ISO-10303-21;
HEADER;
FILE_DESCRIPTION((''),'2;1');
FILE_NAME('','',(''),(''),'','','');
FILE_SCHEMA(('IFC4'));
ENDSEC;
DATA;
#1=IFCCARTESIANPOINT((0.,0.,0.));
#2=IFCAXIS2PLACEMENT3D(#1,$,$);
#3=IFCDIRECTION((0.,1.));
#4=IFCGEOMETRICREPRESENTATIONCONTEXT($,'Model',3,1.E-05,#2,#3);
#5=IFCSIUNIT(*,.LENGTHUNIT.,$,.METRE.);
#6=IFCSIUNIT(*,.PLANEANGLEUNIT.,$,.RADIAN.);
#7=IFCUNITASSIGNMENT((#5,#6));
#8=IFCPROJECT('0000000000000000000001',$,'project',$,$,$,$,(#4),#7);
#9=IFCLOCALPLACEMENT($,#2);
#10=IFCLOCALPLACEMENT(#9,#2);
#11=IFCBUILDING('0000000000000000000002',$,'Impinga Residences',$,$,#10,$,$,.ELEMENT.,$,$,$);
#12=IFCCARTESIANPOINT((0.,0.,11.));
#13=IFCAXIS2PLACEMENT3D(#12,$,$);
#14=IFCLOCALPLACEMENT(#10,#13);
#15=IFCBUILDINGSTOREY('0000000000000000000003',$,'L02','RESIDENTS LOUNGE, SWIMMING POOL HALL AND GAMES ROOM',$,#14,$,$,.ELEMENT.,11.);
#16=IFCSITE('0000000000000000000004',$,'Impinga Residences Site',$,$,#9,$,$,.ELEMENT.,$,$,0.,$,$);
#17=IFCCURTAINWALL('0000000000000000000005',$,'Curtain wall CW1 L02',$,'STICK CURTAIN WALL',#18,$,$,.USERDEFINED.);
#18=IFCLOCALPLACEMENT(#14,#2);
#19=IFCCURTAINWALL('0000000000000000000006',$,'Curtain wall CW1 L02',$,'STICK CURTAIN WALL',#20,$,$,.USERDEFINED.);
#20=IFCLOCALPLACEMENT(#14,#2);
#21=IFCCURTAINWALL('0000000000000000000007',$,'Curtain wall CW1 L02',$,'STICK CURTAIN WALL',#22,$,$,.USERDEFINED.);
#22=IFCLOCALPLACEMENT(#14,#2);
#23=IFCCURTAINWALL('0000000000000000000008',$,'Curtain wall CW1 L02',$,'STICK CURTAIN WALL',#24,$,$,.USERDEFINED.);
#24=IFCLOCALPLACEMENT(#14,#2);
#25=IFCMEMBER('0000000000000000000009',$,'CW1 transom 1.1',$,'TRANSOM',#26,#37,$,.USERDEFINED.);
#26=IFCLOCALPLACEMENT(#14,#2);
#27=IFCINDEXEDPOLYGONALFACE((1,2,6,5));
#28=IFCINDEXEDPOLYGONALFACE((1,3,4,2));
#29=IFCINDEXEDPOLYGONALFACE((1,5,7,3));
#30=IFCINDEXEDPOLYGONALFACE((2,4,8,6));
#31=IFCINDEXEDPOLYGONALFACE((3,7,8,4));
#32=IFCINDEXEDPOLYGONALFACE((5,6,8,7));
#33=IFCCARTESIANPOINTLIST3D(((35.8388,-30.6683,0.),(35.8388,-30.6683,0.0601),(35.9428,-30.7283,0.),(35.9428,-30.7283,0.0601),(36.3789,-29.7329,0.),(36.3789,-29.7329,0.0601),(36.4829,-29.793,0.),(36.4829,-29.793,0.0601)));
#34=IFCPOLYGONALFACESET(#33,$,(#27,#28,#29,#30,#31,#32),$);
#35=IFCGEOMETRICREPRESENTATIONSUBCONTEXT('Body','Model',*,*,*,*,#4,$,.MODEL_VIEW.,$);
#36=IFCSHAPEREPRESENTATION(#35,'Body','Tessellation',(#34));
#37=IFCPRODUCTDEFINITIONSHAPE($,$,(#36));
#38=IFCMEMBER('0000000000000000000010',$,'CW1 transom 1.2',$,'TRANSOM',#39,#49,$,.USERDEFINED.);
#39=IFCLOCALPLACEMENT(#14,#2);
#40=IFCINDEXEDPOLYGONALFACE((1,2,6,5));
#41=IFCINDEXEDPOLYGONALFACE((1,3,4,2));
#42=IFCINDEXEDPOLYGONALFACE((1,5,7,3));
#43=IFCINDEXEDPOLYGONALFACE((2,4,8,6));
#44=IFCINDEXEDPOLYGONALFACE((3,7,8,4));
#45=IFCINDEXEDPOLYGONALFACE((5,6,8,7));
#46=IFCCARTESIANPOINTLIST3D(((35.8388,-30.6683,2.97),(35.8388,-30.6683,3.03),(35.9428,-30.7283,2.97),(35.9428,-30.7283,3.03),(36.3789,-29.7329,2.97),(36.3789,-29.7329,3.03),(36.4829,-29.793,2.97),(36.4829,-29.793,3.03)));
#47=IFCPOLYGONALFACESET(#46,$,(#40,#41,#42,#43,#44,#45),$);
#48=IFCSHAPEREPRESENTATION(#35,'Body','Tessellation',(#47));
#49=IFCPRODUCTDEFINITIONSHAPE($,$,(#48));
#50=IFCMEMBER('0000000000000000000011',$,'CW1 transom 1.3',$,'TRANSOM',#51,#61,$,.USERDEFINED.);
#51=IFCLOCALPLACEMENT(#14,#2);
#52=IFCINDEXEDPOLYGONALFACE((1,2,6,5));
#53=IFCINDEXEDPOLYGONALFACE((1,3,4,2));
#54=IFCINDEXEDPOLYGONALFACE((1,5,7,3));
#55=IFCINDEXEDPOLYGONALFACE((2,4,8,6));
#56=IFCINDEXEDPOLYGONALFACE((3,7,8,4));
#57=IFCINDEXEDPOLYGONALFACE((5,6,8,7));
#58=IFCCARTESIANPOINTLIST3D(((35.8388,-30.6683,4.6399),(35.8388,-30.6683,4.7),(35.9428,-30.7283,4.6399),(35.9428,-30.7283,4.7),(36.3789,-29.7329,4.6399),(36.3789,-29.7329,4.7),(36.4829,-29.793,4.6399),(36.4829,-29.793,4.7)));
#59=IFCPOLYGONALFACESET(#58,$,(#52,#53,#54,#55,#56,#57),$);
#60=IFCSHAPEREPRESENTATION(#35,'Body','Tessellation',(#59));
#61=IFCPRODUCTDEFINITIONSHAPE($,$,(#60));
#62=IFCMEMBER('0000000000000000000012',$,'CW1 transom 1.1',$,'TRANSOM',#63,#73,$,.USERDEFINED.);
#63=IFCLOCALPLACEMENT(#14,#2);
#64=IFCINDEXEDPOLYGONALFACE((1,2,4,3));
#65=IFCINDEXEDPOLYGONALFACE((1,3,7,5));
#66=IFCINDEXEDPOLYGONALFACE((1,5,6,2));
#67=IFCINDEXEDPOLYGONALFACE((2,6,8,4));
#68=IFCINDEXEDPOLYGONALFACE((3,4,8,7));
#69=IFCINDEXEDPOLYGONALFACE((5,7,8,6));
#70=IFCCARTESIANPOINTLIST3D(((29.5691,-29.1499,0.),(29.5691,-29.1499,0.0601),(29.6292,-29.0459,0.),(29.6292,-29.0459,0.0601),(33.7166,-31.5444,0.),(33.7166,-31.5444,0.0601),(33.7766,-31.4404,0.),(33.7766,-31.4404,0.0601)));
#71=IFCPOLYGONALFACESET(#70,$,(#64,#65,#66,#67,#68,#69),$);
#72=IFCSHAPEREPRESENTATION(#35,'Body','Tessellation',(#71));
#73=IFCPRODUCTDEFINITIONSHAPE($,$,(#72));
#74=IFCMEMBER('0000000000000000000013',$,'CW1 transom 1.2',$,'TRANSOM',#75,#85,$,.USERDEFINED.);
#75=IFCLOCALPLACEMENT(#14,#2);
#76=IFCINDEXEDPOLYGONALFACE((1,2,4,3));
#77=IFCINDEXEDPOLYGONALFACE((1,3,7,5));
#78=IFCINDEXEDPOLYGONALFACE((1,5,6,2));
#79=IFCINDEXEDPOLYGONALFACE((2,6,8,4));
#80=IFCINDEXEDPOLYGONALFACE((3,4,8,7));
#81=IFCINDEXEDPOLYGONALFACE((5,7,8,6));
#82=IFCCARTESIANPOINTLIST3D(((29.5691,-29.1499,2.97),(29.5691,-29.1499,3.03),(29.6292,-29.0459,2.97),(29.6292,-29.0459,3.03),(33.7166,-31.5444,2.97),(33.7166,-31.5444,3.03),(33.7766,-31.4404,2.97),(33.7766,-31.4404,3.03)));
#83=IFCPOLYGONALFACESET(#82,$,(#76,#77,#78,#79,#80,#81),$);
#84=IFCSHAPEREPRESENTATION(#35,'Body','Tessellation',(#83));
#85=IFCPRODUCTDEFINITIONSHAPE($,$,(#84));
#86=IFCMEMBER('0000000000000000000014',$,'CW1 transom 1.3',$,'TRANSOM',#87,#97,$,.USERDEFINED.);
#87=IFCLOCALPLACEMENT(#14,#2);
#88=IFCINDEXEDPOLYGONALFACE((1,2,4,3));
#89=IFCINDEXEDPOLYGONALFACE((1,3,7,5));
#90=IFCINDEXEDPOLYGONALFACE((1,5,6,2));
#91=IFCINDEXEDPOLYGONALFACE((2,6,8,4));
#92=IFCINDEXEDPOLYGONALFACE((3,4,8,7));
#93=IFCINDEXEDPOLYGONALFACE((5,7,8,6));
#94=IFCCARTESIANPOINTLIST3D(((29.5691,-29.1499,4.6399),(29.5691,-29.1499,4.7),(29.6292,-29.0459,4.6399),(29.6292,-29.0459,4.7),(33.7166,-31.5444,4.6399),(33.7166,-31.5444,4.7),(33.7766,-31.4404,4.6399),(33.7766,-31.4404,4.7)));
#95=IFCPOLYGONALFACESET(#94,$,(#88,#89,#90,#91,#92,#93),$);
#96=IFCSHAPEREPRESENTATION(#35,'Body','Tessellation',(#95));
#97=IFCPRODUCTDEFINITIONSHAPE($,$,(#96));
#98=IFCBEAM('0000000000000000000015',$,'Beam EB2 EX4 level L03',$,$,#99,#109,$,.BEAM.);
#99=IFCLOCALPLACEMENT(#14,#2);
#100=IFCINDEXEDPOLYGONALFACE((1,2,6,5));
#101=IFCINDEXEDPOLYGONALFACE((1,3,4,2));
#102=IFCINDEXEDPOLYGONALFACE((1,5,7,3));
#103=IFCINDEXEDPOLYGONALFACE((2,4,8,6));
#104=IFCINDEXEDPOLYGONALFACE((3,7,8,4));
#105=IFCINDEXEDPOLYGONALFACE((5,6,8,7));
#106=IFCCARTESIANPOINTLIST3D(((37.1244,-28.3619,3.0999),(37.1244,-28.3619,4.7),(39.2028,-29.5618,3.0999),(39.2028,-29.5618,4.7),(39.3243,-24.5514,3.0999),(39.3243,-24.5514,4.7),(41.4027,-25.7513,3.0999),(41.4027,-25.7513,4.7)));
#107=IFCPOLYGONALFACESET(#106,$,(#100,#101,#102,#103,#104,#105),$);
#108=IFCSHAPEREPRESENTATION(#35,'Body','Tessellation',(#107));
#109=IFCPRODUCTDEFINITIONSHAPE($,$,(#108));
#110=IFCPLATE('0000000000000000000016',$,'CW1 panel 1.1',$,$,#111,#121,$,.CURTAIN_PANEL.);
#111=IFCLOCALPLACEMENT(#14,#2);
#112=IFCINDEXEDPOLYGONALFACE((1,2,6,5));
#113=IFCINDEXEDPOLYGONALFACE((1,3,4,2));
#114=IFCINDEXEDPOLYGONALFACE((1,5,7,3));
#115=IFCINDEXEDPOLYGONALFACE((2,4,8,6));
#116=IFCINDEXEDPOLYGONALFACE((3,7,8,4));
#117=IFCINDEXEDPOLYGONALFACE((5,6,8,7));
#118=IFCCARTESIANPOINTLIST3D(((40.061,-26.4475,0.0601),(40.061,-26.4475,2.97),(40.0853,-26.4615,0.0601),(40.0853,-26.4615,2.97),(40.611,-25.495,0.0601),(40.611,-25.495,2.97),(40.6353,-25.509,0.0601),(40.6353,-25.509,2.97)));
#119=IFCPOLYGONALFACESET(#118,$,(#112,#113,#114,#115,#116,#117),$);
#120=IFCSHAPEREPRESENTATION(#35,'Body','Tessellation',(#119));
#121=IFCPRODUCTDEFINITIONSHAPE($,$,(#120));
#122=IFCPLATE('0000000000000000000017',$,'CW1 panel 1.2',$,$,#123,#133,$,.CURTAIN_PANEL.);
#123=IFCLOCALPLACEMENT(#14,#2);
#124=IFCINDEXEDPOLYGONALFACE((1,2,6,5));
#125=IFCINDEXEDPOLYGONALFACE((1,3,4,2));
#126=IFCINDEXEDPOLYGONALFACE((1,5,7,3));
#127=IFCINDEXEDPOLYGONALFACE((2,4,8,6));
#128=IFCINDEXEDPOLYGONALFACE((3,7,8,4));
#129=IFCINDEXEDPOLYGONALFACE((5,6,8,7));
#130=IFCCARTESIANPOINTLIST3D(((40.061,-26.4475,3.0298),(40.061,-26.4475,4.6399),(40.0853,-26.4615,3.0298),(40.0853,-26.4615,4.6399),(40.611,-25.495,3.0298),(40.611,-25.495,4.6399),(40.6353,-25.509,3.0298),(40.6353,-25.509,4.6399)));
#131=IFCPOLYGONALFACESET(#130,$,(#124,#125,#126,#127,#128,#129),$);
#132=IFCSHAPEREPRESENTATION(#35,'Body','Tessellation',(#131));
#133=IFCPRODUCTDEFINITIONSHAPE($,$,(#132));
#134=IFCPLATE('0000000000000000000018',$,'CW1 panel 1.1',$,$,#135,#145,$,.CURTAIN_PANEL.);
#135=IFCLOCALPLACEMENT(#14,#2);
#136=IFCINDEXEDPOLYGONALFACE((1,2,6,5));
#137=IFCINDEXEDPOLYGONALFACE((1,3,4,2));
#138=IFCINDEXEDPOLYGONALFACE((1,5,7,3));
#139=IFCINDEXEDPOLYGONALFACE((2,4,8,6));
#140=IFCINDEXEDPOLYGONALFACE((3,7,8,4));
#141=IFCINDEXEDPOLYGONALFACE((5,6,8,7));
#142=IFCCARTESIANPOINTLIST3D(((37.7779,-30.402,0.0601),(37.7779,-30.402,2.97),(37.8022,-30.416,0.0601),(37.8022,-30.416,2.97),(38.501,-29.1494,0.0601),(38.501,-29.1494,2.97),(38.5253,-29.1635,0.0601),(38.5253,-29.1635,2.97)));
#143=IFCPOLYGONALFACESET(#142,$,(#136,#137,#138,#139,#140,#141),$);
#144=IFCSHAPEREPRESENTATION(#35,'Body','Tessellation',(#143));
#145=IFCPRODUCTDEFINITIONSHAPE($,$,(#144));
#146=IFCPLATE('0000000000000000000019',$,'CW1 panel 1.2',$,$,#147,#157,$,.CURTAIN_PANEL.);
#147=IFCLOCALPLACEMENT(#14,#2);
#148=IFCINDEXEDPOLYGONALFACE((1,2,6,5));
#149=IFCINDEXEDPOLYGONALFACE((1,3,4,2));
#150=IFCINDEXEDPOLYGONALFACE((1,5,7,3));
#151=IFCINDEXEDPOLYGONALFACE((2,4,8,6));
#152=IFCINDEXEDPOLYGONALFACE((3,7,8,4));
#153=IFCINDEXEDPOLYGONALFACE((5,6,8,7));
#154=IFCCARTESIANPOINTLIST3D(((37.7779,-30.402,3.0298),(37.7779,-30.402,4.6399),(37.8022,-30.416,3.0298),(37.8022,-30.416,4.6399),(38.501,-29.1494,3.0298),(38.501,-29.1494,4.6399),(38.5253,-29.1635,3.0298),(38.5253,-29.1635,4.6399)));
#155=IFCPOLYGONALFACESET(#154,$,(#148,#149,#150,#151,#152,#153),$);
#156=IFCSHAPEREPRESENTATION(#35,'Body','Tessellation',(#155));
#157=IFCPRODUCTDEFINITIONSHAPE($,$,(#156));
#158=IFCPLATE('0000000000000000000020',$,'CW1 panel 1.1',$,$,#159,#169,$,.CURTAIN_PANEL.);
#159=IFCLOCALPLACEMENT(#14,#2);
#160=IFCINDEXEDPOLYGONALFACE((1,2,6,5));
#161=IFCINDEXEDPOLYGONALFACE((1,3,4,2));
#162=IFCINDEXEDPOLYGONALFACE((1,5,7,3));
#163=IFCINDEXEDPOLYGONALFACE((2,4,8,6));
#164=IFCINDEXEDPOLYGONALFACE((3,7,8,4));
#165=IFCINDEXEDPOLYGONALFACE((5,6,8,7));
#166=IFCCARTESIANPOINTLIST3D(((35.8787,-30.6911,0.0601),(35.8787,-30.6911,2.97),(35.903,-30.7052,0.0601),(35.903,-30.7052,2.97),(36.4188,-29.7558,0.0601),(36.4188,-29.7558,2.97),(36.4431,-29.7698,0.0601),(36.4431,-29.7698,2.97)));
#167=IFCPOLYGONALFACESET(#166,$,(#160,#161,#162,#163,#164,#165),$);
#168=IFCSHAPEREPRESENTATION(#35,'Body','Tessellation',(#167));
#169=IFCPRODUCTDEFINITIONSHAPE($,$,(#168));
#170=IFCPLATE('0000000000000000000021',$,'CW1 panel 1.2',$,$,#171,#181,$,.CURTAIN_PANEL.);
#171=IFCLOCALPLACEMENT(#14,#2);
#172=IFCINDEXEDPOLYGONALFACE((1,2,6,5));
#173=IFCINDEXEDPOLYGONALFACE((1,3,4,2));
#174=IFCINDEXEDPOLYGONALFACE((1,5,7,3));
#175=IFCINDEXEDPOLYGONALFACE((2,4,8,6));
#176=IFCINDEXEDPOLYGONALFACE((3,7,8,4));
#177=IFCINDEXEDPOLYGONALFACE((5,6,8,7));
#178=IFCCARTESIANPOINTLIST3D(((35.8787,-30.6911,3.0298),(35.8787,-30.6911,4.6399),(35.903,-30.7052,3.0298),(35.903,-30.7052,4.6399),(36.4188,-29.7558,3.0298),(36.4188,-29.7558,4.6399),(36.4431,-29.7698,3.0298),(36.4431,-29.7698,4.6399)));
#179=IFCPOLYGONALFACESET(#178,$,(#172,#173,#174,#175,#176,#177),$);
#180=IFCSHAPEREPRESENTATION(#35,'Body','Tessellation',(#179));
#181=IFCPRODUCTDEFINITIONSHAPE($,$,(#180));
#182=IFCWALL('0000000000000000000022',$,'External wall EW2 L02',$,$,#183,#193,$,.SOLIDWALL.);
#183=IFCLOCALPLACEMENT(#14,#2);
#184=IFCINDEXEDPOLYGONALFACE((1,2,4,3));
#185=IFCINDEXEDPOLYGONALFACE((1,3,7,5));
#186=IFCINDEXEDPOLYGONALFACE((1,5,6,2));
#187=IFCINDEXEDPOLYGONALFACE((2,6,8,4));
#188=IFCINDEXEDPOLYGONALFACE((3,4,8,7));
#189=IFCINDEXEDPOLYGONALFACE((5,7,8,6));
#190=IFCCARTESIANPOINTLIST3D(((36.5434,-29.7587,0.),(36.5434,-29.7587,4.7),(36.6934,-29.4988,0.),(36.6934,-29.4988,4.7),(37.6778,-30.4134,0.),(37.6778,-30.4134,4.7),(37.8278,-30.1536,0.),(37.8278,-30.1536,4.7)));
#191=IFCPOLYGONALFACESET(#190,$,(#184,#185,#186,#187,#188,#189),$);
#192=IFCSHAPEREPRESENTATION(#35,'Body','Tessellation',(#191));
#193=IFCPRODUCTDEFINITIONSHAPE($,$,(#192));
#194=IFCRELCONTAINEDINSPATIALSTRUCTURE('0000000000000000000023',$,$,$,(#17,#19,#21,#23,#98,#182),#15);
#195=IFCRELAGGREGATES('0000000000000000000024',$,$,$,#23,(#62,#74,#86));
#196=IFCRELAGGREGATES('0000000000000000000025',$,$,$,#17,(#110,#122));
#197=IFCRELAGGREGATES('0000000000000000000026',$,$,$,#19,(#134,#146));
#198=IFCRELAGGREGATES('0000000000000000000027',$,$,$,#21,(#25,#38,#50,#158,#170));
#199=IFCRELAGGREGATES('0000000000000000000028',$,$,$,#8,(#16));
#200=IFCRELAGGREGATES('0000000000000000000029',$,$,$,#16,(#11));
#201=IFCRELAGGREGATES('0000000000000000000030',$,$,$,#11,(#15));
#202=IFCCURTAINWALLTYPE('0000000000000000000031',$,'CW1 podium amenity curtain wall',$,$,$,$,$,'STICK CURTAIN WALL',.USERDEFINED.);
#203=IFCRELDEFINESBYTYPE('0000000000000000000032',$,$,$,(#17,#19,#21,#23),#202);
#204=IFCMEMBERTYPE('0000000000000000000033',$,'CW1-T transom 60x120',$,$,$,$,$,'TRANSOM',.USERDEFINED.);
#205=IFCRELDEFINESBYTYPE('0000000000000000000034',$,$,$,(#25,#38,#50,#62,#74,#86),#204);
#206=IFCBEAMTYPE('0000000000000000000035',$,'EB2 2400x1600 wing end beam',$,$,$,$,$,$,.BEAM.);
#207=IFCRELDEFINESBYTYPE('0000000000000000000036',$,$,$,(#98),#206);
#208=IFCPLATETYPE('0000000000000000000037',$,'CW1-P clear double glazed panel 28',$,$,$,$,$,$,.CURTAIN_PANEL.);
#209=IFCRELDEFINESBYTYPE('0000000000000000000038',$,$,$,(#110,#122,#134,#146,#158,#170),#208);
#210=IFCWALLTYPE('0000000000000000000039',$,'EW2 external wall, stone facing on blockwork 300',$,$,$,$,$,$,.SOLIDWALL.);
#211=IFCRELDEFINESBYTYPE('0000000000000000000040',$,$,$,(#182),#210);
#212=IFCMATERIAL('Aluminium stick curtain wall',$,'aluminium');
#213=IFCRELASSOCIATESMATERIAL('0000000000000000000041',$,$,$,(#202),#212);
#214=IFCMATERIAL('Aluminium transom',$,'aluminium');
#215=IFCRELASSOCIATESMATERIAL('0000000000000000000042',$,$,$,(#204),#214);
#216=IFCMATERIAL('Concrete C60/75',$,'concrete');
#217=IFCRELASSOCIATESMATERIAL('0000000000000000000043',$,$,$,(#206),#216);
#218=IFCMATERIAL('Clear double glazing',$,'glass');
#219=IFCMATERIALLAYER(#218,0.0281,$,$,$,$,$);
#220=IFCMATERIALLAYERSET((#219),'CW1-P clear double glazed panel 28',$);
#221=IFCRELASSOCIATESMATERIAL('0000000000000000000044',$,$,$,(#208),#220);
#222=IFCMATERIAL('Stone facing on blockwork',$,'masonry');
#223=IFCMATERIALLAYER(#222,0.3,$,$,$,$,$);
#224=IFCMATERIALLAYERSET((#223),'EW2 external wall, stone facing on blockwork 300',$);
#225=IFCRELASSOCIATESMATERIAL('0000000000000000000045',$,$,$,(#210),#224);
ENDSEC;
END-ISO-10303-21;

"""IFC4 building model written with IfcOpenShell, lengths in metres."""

from ifc_helpers import new_model, si_unit, direction, frame, frame_2d, origin, origin_2d, place, context, subcontext, project, spatial, rectangle, extrude, material, layer, layer_set, material_profile, profile_set, type_object, element, aggregate, save


model = new_model("IFC4")

# Units and contexts
model_context = context("Model", 3, precision=1e-05, world=origin(), true_north=direction((0.0, 1.0)))
body_context = subcontext(model_context, "Body", "Model", "MODEL_VIEW")
ifc_project = project(units=[si_unit("LENGTHUNIT", "METRE"), si_unit("PLANEANGLEUNIT", "RADIAN")], contexts=[model_context])

# Site, building, storey
site_placement = place(None, origin())
site = spatial("IfcSite", under=ifc_project, at=site_placement, Name="Impinga Residences Site", CompositionType="ELEMENT", RefElevation=0.0)
building_placement = place(site_placement, origin())
building = spatial("IfcBuilding", under=site, at=building_placement, Name="Impinga Residences", CompositionType="ELEMENT")
storey_placement = place(building_placement, frame((0.0, 0.0, 11.0)))
storey = spatial("IfcBuildingStorey", under=building, at=storey_placement, Name="L02", Description="RESIDENTS LOUNGE, SWIMMING POOL HALL AND GAMES ROOM", CompositionType="ELEMENT", Elevation=11.0)

# Shared definitions
ifc_material_1 = material(Name="Concrete C60/75", Category="concrete")

# Curtain wall
ifc_material_2 = material(Name="Aluminium stick curtain wall", Category="aluminium")
curtain_wall_type = type_object("IfcCurtainWallType", Name="CW1 podium amenity curtain wall", ElementType="STICK CURTAIN WALL", PredefinedType="USERDEFINED", material=ifc_material_2)
curtain_wall_1_placement = place(storey_placement, origin())
curtain_wall_1 = element("IfcCurtainWall", 1, at=curtain_wall_1_placement, inside=storey, type_object=curtain_wall_type, Name="Curtain wall CW1 L02", ObjectType="STICK CURTAIN WALL", PredefinedType="USERDEFINED")

# Curtain walls
curtain_wall_2_placement = place(storey_placement, origin())
curtain_wall_2 = element("IfcCurtainWall", 2, at=curtain_wall_2_placement, inside=storey, type_object=curtain_wall_type, Name="Curtain wall CW1 L02", ObjectType="STICK CURTAIN WALL", PredefinedType="USERDEFINED")
curtain_wall_3_placement = place(storey_placement, origin())
curtain_wall_3 = element("IfcCurtainWall", 3, at=curtain_wall_3_placement, inside=storey, type_object=curtain_wall_type, Name="Curtain wall CW1 L02", ObjectType="STICK CURTAIN WALL", PredefinedType="USERDEFINED")

# Curtain wall
curtain_wall_4_placement = place(storey_placement, origin())
curtain_wall_4 = element("IfcCurtainWall", 4, at=curtain_wall_4_placement, inside=storey, type_object=curtain_wall_type, Name="Curtain wall CW1 L02", ObjectType="STICK CURTAIN WALL", PredefinedType="USERDEFINED")

# Members
ifc_material_3 = material(Name="Aluminium transom", Category="aluminium")
ifc_material_profile_1 = material_profile(ifc_material_3, rectangle(XDim=0.0601, YDim=0.1201, at=origin_2d()), Name="60x120 transom")
ifc_profile_set_1 = profile_set([ifc_material_profile_1], Name="Aluminium transom")
member_type_1 = type_object("IfcMemberType", Name="CW1-T transom 60x120", ElementType="TRANSOM", PredefinedType="USERDEFINED", material=ifc_profile_set_1)
member_1_placement = place(storey_placement, frame((36.4309, -29.7629, 0.03), z_axis=(-0.500029, -0.866009, 0.0), x_axis=(0.0, 0.0, 1.0)))
member_1 = element("IfcMember", 5, at=member_1_placement, type_object=member_type_1, Name="CW1 transom 1.1", ObjectType="TRANSOM", PredefinedType="USERDEFINED", context=body_context, shape_type="SweptSolid", body=[
    extrude(rectangle(XDim=0.0601, YDim=0.1201, at=origin_2d()), origin(), (0.0, 0.0, 1.0), 1.0801),
])
member_2_placement = place(storey_placement, frame((36.4309, -29.7629, 3.0), z_axis=(-0.500029, -0.866009, 0.0), x_axis=(0.0, 0.0, 1.0)))
member_2 = element("IfcMember", 6, at=member_2_placement, type_object=member_type_1, Name="CW1 transom 1.2", ObjectType="TRANSOM", PredefinedType="USERDEFINED", context=body_context, shape_type="SweptSolid", body=[
    extrude(rectangle(XDim=0.0601, YDim=0.1201, at=origin_2d()), origin(), (0.0, 0.0, 1.0), 1.0801),
])
member_3_placement = place(storey_placement, frame((36.4309, -29.7629, 4.6699), z_axis=(-0.500029, -0.866009, 0.0), x_axis=(0.0, 0.0, 1.0)))
member_3 = element("IfcMember", 7, at=member_3_placement, type_object=member_type_1, Name="CW1 transom 1.3", ObjectType="TRANSOM", PredefinedType="USERDEFINED", context=body_context, shape_type="SweptSolid", body=[
    extrude(rectangle(XDim=0.0601, YDim=0.1201, at=origin_2d()), origin(), (0.0, 0.0, 1.0), 1.0801),
])
member_4_placement = place(storey_placement, frame((33.7466, -31.4924, 0.03), z_axis=(-0.866026, 0.499999, 0.0), x_axis=(0.0, 0.0, 1.0)))
member_4 = element("IfcMember", 8, at=member_4_placement, type_object=member_type_1, Name="CW1 transom 1.1", ObjectType="TRANSOM", PredefinedType="USERDEFINED", context=body_context, shape_type="SweptSolid", body=[
    extrude(rectangle(XDim=0.0601, YDim=0.1201, at=origin_2d()), origin(), (0.0, 0.0, 1.0), 4.7891),
])
member_5_placement = place(storey_placement, frame((33.7466, -31.4924, 3.0), z_axis=(-0.866026, 0.499999, 0.0), x_axis=(0.0, 0.0, 1.0)))
member_5 = element("IfcMember", 9, at=member_5_placement, type_object=member_type_1, Name="CW1 transom 1.2", ObjectType="TRANSOM", PredefinedType="USERDEFINED", context=body_context, shape_type="SweptSolid", body=[
    extrude(rectangle(XDim=0.0601, YDim=0.1201, at=origin_2d()), origin(), (0.0, 0.0, 1.0), 4.7891),
])
member_6_placement = place(storey_placement, frame((33.7466, -31.4924, 4.6699), z_axis=(-0.866026, 0.499999, 0.0), x_axis=(0.0, 0.0, 1.0)))
member_6 = element("IfcMember", 10, at=member_6_placement, type_object=member_type_1, Name="CW1 transom 1.3", ObjectType="TRANSOM", PredefinedType="USERDEFINED", context=body_context, shape_type="SweptSolid", body=[
    extrude(rectangle(XDim=0.0601, YDim=0.1201, at=origin_2d()), origin(), (0.0, 0.0, 1.0), 4.7891),
])
aggregate(curtain_wall_4, [member_4, member_5, member_6])

# Beam
ifc_material_profile_2 = material_profile(ifc_material_1, rectangle(XDim=2.3999, YDim=1.6001, at=origin_2d()), Name="RC 2400x1600")
ifc_profile_set_2 = profile_set([ifc_material_profile_2], Name="Concrete C60/75")
beam_type_1 = type_object("IfcBeamType", Name="EB2 2400x1600 wing end beam", PredefinedType="BEAM", material=ifc_profile_set_2)
beam_1_placement = place(storey_placement, frame((40.3635, -25.1514, 3.8999), z_axis=(-0.499988, -0.866032, 0.0), x_axis=(0.866032, -0.499988, 0.0)))
element("IfcBeam", 11, at=beam_1_placement, inside=storey, type_object=beam_type_1, Name="Beam EB2 EX4 level L03", PredefinedType="BEAM", context=body_context, shape_type="SweptSolid", body=[
    extrude(rectangle(XDim=2.3999, YDim=1.6001, at=origin_2d()), origin(), (0.0, 0.0, 1.0), 4.3999),
])

# Plates
ifc_material_4 = material(Name="Clear double glazing", Category="glass")
ifc_layer_1 = layer(ifc_material_4, 0.0281)
ifc_layer_set_1 = layer_set([ifc_layer_1], Name="CW1-P clear double glazed panel 28")
plate_type = type_object("IfcPlateType", Name="CW1-P clear double glazed panel 28", PredefinedType="CURTAIN_PANEL", material=ifc_layer_set_1)
plate_1_placement = place(storey_placement, frame((40.3481, -25.9783, 0.0601), z_axis=(0.0, 0.0, 1.0), x_axis=(-0.5, -0.866025, 0.0)))
plate_1 = element("IfcPlate", 12, at=plate_1_placement, type_object=plate_type, Name="CW1 panel 1.1", PredefinedType="CURTAIN_PANEL", context=body_context, shape_type="SweptSolid", body=[
    extrude(rectangle(XDim=1.0999, YDim=0.0281, at=origin_2d()), origin(), (0.0, 0.0, 1.0), 2.9099),
])
plate_2_placement = place(storey_placement, frame((40.3481, -25.9783, 3.0298), z_axis=(0.0, 0.0, 1.0), x_axis=(-0.5, -0.866025, 0.0)))
plate_2 = element("IfcPlate", 13, at=plate_2_placement, type_object=plate_type, Name="CW1 panel 1.2", PredefinedType="CURTAIN_PANEL", context=body_context, shape_type="SweptSolid", body=[
    extrude(rectangle(XDim=1.0999, YDim=0.0281, at=origin_2d()), origin(), (0.0, 0.0, 1.0), 1.6101),
])
aggregate(curtain_wall_1, [plate_1, plate_2])
plate_3_placement = place(storey_placement, frame((38.1516, -29.7827, 0.0601), z_axis=(0.0, 0.0, 1.0), x_axis=(-0.5, -0.866026, 0.0)))
plate_3 = element("IfcPlate", 14, at=plate_3_placement, type_object=plate_type, Name="CW1 panel 1.1", PredefinedType="CURTAIN_PANEL", context=body_context, shape_type="SweptSolid", body=[
    extrude(rectangle(XDim=1.4463, YDim=0.0281, at=origin_2d()), origin(), (0.0, 0.0, 1.0), 2.9099),
])
plate_4_placement = place(storey_placement, frame((38.1516, -29.7827, 3.0298), z_axis=(0.0, 0.0, 1.0), x_axis=(-0.5, -0.866026, 0.0)))
plate_4 = element("IfcPlate", 15, at=plate_4_placement, type_object=plate_type, Name="CW1 panel 1.2", PredefinedType="CURTAIN_PANEL", context=body_context, shape_type="SweptSolid", body=[
    extrude(rectangle(XDim=1.4463, YDim=0.0281, at=origin_2d()), origin(), (0.0, 0.0, 1.0), 1.6101),
])
aggregate(curtain_wall_2, [plate_3, plate_4])
plate_5_placement = place(storey_placement, frame((36.1609, -30.2305, 0.0601), z_axis=(0.0, 0.0, 1.0), x_axis=(-0.5, -0.866026, 0.0)))
plate_5 = element("IfcPlate", 16, at=plate_5_placement, type_object=plate_type, Name="CW1 panel 1.1", PredefinedType="CURTAIN_PANEL", context=body_context, shape_type="SweptSolid", body=[
    extrude(rectangle(XDim=1.0801, YDim=0.0281, at=origin_2d()), origin(), (0.0, 0.0, 1.0), 2.9099),
])
plate_6_placement = place(storey_placement, frame((36.1609, -30.2305, 3.0298), z_axis=(0.0, 0.0, 1.0), x_axis=(-0.5, -0.866026, 0.0)))
plate_6 = element("IfcPlate", 17, at=plate_6_placement, type_object=plate_type, Name="CW1 panel 1.2", PredefinedType="CURTAIN_PANEL", context=body_context, shape_type="SweptSolid", body=[
    extrude(rectangle(XDim=1.0801, YDim=0.0281, at=origin_2d()), origin(), (0.0, 0.0, 1.0), 1.6101),
])
aggregate(curtain_wall_3, [member_1, member_2, member_3, plate_5, plate_6])

# Shared definitions
ifc_material_5 = material(Name="Stone facing on blockwork", Category="masonry")
ifc_layer_2 = layer(ifc_material_5, 0.3)
ifc_layer_set_2 = layer_set([ifc_layer_2], Name="EW2 external wall, stone facing on blockwork 300")
wall_type = type_object("IfcWallType", Name="EW2 external wall, stone facing on blockwork 300", PredefinedType="SOLIDWALL", material=ifc_layer_set_2)

# Wall
wall_1_placement = place(storey_placement, frame((37.7527, -30.2834, 0.0), z_axis=(0.0, 0.0, 1.0), x_axis=(-0.866102, 0.499868, 0.0)))
element("IfcWall", 18, at=wall_1_placement, inside=storey, type_object=wall_type, Name="External wall EW2 L02", PredefinedType="SOLIDWALL", context=body_context, shape_type="SweptSolid", body=[
    extrude(rectangle(XDim=1.3098, YDim=0.3, at=frame_2d((0.6548, 0.0))), origin(), (0.0, 0.0, 1.0), 4.7),
])

save(model, "model.ifc")
